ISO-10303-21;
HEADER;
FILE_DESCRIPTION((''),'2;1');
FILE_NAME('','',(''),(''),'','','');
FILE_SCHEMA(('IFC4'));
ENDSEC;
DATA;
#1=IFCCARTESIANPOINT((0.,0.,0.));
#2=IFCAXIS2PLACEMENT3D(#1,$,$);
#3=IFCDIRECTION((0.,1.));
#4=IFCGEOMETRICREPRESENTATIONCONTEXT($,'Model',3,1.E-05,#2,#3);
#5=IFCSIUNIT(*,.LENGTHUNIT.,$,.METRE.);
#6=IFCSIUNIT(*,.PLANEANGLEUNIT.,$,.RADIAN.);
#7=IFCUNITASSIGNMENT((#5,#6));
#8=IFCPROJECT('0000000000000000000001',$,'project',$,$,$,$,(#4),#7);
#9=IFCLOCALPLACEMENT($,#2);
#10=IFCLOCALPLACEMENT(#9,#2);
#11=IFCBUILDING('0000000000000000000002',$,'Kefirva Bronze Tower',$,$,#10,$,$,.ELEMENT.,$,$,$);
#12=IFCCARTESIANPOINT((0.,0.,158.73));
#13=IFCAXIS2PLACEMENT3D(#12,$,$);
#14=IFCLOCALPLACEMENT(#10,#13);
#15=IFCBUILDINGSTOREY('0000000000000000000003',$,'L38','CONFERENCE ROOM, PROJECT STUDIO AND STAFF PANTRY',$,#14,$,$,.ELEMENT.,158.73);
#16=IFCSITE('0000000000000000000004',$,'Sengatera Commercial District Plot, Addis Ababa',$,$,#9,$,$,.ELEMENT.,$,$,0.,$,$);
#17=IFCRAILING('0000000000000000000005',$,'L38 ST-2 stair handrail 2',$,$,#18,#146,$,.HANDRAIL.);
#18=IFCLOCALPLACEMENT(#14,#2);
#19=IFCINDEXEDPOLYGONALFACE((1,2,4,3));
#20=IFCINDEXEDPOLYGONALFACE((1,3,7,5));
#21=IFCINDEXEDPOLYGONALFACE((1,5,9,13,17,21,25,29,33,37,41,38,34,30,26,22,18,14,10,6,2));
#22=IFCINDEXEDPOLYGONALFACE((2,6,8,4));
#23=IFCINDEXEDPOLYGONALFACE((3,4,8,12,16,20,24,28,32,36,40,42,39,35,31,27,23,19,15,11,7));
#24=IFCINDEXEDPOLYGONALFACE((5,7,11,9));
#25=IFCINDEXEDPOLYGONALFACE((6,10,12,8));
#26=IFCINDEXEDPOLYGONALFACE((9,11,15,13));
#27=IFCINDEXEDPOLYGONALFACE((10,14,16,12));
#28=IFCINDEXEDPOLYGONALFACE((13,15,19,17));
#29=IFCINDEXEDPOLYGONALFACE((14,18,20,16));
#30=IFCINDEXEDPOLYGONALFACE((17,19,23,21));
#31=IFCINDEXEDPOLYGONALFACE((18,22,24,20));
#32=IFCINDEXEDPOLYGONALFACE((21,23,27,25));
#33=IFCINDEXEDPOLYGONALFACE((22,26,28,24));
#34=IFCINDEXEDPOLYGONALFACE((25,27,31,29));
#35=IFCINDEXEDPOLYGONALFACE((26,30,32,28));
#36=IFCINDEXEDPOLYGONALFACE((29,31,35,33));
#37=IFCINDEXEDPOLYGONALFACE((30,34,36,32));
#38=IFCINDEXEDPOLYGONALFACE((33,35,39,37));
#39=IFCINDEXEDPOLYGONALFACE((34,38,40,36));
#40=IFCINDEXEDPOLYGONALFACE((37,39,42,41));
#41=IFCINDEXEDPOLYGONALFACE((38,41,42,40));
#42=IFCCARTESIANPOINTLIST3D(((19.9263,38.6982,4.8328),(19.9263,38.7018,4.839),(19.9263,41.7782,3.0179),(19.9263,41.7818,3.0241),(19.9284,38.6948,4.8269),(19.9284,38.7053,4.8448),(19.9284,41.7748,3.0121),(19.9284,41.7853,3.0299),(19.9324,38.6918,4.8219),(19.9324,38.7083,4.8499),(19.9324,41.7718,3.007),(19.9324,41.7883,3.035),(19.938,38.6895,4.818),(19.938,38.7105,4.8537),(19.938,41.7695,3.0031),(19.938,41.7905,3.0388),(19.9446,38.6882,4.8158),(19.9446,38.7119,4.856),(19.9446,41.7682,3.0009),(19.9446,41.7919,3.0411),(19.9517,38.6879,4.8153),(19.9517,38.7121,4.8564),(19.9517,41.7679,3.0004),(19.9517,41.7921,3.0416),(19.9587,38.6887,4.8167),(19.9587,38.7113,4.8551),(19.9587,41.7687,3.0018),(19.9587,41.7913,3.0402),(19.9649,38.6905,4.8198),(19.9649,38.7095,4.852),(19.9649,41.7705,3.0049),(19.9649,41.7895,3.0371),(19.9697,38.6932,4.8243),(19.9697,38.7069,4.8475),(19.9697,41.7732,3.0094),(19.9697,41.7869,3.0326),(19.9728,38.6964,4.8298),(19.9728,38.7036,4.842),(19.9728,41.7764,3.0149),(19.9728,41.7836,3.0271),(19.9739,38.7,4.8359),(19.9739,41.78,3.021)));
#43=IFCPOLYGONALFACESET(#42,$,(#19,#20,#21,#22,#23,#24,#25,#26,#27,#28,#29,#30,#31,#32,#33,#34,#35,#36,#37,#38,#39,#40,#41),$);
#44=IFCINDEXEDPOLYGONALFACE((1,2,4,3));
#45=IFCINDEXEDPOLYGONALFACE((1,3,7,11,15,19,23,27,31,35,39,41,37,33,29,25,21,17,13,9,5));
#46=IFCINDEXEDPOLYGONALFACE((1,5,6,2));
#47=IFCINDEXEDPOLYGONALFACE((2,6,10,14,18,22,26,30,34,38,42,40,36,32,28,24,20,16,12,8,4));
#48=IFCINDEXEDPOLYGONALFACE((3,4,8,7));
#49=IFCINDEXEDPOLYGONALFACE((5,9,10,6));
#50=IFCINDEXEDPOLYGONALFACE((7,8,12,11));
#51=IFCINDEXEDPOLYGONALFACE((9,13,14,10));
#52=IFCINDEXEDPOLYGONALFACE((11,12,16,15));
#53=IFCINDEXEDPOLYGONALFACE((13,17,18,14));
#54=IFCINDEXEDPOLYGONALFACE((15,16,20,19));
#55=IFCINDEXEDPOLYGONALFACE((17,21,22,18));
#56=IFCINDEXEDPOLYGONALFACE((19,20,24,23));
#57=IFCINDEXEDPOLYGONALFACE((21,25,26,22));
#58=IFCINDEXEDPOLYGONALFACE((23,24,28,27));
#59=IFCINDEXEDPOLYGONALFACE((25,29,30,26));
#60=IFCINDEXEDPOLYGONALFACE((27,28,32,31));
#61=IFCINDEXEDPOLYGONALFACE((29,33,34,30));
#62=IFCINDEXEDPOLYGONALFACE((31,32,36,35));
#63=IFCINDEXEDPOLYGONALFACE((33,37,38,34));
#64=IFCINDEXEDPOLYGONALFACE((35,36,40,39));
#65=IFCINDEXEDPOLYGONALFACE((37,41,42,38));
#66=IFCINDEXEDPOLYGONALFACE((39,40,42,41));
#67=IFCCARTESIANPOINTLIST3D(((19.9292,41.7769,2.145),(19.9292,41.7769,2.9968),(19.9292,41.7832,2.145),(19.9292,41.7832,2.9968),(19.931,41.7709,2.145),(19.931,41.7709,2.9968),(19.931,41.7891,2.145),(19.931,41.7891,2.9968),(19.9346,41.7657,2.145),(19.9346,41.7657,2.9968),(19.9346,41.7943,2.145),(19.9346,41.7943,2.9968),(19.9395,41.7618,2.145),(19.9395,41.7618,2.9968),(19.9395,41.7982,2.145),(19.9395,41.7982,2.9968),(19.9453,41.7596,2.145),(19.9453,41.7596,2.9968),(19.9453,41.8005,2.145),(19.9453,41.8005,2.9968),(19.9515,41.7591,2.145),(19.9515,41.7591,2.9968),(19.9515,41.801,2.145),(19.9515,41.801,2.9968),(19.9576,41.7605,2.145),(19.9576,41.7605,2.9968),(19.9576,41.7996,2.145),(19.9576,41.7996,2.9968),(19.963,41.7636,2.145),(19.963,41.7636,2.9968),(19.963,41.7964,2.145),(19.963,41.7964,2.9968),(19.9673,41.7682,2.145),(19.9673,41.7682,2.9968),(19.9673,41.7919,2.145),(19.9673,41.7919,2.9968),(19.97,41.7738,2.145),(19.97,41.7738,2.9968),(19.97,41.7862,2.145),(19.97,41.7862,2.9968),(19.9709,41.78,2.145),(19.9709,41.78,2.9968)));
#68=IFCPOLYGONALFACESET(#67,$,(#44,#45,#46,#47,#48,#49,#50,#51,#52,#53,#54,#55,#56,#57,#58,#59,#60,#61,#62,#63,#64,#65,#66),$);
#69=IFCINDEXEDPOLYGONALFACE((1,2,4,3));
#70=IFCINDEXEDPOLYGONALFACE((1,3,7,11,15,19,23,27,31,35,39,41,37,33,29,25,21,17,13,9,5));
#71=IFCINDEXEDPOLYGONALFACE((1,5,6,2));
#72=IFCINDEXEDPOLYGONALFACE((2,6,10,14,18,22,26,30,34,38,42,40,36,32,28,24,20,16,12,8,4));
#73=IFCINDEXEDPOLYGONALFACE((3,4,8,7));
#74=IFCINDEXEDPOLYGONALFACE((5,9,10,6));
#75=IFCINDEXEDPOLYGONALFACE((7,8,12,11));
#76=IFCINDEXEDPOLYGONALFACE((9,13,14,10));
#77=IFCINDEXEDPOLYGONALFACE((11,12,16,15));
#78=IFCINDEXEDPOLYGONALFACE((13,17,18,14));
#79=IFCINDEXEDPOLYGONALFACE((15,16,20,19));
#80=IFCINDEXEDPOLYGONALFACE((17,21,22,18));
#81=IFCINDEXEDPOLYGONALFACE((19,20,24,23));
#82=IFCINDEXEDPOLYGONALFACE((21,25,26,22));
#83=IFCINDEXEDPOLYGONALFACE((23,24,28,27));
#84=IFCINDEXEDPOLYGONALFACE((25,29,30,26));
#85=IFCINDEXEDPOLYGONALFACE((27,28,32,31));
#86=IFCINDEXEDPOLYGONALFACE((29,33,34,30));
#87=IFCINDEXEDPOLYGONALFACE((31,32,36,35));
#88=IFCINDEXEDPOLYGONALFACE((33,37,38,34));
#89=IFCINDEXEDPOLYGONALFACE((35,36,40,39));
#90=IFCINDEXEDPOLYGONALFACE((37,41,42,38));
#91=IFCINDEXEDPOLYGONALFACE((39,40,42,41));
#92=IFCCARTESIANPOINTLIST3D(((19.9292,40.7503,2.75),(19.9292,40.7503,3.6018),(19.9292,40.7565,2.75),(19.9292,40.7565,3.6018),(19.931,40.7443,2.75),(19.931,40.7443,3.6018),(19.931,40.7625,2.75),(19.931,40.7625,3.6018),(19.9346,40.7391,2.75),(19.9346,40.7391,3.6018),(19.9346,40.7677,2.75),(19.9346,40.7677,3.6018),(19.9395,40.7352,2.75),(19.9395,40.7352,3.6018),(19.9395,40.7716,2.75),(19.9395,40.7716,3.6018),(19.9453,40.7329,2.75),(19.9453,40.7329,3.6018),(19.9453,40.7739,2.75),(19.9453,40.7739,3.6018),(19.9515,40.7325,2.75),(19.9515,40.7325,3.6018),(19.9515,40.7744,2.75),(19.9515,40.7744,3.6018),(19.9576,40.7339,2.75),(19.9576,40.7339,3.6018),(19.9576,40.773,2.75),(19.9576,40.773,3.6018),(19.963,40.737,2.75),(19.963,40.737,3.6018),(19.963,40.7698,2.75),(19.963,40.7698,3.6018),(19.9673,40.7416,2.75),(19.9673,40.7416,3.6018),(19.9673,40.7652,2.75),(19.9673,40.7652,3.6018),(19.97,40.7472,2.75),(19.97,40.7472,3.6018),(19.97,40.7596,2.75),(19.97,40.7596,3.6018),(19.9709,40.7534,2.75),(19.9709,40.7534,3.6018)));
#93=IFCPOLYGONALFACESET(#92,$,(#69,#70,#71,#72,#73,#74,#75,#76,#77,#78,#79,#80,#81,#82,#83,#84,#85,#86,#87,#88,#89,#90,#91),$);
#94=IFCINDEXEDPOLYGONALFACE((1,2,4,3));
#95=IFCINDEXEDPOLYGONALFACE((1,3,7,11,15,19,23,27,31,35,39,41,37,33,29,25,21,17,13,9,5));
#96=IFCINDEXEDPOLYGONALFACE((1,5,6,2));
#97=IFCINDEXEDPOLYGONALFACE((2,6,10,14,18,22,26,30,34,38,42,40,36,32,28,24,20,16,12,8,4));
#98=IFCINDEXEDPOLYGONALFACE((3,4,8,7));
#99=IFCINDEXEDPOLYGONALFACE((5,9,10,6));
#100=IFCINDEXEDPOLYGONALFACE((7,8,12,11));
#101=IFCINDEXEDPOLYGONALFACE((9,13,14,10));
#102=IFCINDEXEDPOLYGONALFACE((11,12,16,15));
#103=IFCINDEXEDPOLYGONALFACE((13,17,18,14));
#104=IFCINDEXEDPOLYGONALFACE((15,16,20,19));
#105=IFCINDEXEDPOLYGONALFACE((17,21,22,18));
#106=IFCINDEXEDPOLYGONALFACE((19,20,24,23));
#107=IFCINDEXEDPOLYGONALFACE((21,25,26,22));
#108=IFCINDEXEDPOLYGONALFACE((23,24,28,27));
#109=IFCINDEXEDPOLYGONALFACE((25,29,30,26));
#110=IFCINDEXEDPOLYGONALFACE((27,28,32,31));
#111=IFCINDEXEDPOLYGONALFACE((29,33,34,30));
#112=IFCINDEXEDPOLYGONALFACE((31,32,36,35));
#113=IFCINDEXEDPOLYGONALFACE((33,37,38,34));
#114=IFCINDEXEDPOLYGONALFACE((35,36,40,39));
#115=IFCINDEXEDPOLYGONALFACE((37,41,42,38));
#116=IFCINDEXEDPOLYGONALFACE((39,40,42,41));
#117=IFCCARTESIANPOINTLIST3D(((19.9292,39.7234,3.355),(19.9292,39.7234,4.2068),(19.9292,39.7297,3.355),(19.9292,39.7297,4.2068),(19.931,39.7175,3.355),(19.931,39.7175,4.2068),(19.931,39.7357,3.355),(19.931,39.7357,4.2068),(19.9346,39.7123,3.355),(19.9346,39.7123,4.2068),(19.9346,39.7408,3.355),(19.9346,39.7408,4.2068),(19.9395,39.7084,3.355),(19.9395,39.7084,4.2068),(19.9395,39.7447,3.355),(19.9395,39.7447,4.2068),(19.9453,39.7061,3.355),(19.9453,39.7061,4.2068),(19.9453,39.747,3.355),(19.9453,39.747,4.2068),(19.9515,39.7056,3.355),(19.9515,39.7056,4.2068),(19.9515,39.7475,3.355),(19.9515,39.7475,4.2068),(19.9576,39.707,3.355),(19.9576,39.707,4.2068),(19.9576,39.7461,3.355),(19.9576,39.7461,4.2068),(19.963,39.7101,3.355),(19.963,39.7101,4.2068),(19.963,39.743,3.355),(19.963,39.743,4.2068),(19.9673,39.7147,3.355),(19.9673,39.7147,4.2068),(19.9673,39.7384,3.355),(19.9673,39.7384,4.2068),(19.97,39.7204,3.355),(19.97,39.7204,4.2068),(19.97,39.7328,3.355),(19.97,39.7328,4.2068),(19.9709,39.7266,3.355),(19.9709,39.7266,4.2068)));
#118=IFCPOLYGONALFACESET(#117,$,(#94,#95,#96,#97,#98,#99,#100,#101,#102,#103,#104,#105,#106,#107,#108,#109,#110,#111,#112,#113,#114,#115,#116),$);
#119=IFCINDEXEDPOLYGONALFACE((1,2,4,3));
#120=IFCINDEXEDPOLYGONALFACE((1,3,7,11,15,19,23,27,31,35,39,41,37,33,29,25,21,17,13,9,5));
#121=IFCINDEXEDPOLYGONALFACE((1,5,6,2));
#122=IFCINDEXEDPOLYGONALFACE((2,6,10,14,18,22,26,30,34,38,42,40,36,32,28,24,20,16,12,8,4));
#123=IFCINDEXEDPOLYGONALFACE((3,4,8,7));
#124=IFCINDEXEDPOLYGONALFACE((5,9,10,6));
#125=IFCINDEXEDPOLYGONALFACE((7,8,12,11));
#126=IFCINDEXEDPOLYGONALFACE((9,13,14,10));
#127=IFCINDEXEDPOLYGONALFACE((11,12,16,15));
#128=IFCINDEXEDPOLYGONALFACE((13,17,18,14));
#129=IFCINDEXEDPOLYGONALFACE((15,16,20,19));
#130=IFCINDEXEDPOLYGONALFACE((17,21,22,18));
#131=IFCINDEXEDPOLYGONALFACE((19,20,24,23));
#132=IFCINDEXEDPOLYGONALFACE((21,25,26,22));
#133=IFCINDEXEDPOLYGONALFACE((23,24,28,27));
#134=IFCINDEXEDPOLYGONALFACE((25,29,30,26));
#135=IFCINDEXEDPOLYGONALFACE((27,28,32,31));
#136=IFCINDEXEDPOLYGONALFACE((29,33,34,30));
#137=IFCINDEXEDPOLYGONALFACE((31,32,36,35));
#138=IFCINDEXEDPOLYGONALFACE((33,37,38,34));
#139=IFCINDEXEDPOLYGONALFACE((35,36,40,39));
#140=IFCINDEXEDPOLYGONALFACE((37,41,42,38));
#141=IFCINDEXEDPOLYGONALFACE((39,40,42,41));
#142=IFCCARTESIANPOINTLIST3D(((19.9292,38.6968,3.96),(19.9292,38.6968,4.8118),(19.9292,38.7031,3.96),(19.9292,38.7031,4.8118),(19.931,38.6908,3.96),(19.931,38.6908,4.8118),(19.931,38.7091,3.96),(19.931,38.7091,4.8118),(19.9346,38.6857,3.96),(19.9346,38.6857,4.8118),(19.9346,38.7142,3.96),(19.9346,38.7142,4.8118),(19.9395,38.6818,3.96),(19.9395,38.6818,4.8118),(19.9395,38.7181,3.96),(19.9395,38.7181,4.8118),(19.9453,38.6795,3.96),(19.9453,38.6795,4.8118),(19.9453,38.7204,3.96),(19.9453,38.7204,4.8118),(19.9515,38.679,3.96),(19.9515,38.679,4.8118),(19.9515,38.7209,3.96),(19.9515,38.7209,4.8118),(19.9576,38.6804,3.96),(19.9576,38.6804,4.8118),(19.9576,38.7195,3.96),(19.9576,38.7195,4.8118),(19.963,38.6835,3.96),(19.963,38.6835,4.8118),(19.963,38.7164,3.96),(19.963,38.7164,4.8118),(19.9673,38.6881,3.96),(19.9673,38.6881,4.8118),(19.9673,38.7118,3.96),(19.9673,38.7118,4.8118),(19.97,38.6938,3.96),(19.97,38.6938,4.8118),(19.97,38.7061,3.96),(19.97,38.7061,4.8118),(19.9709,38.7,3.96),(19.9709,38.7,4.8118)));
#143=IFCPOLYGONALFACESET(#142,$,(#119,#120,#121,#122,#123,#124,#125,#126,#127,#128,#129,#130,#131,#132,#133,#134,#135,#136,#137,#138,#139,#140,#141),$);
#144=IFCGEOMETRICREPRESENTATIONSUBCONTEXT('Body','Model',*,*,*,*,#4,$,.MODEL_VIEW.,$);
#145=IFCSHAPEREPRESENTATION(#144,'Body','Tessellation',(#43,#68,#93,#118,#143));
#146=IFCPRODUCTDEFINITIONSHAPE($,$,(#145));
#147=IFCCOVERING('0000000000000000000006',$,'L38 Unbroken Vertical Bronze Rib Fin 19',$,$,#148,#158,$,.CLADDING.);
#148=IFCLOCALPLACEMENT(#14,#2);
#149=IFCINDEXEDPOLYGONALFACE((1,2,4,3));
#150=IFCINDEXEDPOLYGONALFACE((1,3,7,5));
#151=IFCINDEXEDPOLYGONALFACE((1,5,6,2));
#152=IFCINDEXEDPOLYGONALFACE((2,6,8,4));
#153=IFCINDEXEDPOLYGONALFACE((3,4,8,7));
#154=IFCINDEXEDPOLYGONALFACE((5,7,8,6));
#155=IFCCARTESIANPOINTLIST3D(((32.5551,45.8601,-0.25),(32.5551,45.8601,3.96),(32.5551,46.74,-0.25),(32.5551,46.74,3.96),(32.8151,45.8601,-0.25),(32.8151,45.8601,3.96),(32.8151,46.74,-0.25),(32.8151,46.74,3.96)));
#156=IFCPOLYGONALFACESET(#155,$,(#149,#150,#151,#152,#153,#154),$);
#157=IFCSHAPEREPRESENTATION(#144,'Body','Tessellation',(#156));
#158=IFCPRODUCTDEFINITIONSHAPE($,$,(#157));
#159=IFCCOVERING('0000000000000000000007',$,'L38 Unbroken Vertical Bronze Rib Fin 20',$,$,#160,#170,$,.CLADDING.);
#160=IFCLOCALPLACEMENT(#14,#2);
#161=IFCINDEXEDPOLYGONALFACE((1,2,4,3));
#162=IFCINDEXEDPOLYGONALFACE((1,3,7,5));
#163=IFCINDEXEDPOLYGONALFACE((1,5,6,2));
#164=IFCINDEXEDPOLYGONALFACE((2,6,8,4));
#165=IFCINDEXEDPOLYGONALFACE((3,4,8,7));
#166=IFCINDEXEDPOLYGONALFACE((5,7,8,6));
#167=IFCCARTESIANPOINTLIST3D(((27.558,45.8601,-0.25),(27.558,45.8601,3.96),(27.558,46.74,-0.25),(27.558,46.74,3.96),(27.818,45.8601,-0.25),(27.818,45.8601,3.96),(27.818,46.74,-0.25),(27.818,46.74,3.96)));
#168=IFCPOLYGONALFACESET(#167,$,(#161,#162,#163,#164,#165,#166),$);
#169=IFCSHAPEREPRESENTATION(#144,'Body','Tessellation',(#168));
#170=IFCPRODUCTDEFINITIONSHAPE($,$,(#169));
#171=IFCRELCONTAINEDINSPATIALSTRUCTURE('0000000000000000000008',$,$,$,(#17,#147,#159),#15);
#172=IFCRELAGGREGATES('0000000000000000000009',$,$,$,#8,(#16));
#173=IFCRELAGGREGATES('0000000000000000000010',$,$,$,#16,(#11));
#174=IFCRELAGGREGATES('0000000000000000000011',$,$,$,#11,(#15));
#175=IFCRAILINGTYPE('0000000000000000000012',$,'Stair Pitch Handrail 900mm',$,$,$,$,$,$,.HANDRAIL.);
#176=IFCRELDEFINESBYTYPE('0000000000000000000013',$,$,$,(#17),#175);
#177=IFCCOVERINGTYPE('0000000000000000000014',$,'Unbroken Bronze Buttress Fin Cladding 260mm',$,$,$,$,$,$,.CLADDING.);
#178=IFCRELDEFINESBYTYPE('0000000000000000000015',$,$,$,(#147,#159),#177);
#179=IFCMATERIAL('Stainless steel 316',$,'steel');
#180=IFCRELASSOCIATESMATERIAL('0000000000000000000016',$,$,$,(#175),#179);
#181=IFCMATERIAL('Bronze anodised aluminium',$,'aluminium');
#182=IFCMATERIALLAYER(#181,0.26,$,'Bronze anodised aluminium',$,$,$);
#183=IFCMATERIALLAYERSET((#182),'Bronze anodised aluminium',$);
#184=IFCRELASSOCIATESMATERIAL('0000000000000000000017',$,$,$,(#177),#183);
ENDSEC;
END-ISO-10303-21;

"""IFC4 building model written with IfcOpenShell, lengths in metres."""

from ifc_helpers import new_model, si_unit, direction, frame, origin, origin_2d, place, context, subcontext, project, spatial, rectangle, circle, extrude, material, layer, layer_set, type_object, element, save


model = new_model("IFC4")

# Units and contexts
model_context = context("Model", 3, precision=1e-05, world=origin(), true_north=direction((0.0, 1.0)))
body_context = subcontext(model_context, "Body", "Model", "MODEL_VIEW")
ifc_project = project(units=[si_unit("LENGTHUNIT", "METRE"), si_unit("PLANEANGLEUNIT", "RADIAN")], contexts=[model_context])

# Site, building, storey
site_placement = place(None, origin())
site = spatial("IfcSite", under=ifc_project, at=site_placement, Name="Sengatera Commercial District Plot, Addis Ababa", CompositionType="ELEMENT", RefElevation=0.0)
building_placement = place(site_placement, origin())
building = spatial("IfcBuilding", under=site, at=building_placement, Name="Kefirva Bronze Tower", CompositionType="ELEMENT")
storey_placement = place(building_placement, frame((0.0, 0.0, 158.73)))
storey = spatial("IfcBuildingStorey", under=building, at=storey_placement, Name="L38", Description="CONFERENCE ROOM, PROJECT STUDIO AND STAFF PANTRY", CompositionType="ELEMENT", Elevation=158.73)

# Shared definitions
ifc_material_1 = material(Name="Bronze anodised aluminium", Category="aluminium")

# Railing
ifc_material_2 = material(Name="Stainless steel 316", Category="steel")
railing_type_1 = type_object("IfcRailingType", Name="Stair Pitch Handrail 900mm", PredefinedType="HANDRAIL", material=ifc_material_2)
railing_1_placement = place(storey_placement, frame((19.95, 41.78, 2.145)))
element("IfcRailing", 1, at=railing_1_placement, inside=storey, type_object=railing_type_1, Name="L38 ST-2 stair handrail 2", PredefinedType="HANDRAIL", context=body_context, shape_type="SweptSolid", body=[
    extrude(circle(Radius=0.0239, at=origin_2d()), frame((0.0, 0.0, 0.876), z_axis=(0.0, -0.861551, 0.507671), x_axis=(1.0, 0.0, 0.0)), (0.0, 0.0, 1.0), 3.575),
    extrude(circle(Radius=0.021, at=origin_2d()), origin(), (0.0, 0.0, 1.0), 0.8518),
    extrude(circle(Radius=0.021, at=origin_2d()), frame((0.0, -1.0266, 0.605)), (0.0, 0.0, 1.0), 0.8518),
    extrude(circle(Radius=0.021, at=origin_2d()), frame((0.0, -2.0535, 1.21)), (0.0, 0.0, 1.0), 0.8518),
    extrude(circle(Radius=0.021, at=origin_2d()), frame((0.0, -3.0801, 1.8149)), (0.0, 0.0, 1.0), 0.8518),
])

# Coverings
ifc_layer_1 = layer(ifc_material_1, 0.26, Name="Bronze anodised aluminium")
ifc_layer_set_1 = layer_set([ifc_layer_1], Name="Bronze anodised aluminium")
covering_type_1 = type_object("IfcCoveringType", Name="Unbroken Bronze Buttress Fin Cladding 260mm", PredefinedType="CLADDING", material=ifc_layer_set_1)
for number, where, z_axis, x_axis, name in (
    (2, (32.6851, 46.3, -0.25), (0.0, 0.0, 1.0), (-1.0, 0.0, 0.0), "L38 Unbroken Vertical Bronze Rib Fin 19"),
    (3, (27.688, 46.3, -0.25), (0.0, 0.0, 1.0), (-1.0, 0.0, 0.0), "L38 Unbroken Vertical Bronze Rib Fin 20"),
):
    element("IfcCovering", number, at=place(storey_placement, frame(where, z_axis=z_axis, x_axis=x_axis)), inside=storey, type_object=covering_type_1, Name=name, PredefinedType="CLADDING", context=body_context, shape_type="SweptSolid", body=[
        extrude(rectangle(XDim=0.26, YDim=0.8799, at=origin_2d()), origin(), (0.0, 0.0, 1.0), 4.21),
    ])

save(model, "model.ifc")
